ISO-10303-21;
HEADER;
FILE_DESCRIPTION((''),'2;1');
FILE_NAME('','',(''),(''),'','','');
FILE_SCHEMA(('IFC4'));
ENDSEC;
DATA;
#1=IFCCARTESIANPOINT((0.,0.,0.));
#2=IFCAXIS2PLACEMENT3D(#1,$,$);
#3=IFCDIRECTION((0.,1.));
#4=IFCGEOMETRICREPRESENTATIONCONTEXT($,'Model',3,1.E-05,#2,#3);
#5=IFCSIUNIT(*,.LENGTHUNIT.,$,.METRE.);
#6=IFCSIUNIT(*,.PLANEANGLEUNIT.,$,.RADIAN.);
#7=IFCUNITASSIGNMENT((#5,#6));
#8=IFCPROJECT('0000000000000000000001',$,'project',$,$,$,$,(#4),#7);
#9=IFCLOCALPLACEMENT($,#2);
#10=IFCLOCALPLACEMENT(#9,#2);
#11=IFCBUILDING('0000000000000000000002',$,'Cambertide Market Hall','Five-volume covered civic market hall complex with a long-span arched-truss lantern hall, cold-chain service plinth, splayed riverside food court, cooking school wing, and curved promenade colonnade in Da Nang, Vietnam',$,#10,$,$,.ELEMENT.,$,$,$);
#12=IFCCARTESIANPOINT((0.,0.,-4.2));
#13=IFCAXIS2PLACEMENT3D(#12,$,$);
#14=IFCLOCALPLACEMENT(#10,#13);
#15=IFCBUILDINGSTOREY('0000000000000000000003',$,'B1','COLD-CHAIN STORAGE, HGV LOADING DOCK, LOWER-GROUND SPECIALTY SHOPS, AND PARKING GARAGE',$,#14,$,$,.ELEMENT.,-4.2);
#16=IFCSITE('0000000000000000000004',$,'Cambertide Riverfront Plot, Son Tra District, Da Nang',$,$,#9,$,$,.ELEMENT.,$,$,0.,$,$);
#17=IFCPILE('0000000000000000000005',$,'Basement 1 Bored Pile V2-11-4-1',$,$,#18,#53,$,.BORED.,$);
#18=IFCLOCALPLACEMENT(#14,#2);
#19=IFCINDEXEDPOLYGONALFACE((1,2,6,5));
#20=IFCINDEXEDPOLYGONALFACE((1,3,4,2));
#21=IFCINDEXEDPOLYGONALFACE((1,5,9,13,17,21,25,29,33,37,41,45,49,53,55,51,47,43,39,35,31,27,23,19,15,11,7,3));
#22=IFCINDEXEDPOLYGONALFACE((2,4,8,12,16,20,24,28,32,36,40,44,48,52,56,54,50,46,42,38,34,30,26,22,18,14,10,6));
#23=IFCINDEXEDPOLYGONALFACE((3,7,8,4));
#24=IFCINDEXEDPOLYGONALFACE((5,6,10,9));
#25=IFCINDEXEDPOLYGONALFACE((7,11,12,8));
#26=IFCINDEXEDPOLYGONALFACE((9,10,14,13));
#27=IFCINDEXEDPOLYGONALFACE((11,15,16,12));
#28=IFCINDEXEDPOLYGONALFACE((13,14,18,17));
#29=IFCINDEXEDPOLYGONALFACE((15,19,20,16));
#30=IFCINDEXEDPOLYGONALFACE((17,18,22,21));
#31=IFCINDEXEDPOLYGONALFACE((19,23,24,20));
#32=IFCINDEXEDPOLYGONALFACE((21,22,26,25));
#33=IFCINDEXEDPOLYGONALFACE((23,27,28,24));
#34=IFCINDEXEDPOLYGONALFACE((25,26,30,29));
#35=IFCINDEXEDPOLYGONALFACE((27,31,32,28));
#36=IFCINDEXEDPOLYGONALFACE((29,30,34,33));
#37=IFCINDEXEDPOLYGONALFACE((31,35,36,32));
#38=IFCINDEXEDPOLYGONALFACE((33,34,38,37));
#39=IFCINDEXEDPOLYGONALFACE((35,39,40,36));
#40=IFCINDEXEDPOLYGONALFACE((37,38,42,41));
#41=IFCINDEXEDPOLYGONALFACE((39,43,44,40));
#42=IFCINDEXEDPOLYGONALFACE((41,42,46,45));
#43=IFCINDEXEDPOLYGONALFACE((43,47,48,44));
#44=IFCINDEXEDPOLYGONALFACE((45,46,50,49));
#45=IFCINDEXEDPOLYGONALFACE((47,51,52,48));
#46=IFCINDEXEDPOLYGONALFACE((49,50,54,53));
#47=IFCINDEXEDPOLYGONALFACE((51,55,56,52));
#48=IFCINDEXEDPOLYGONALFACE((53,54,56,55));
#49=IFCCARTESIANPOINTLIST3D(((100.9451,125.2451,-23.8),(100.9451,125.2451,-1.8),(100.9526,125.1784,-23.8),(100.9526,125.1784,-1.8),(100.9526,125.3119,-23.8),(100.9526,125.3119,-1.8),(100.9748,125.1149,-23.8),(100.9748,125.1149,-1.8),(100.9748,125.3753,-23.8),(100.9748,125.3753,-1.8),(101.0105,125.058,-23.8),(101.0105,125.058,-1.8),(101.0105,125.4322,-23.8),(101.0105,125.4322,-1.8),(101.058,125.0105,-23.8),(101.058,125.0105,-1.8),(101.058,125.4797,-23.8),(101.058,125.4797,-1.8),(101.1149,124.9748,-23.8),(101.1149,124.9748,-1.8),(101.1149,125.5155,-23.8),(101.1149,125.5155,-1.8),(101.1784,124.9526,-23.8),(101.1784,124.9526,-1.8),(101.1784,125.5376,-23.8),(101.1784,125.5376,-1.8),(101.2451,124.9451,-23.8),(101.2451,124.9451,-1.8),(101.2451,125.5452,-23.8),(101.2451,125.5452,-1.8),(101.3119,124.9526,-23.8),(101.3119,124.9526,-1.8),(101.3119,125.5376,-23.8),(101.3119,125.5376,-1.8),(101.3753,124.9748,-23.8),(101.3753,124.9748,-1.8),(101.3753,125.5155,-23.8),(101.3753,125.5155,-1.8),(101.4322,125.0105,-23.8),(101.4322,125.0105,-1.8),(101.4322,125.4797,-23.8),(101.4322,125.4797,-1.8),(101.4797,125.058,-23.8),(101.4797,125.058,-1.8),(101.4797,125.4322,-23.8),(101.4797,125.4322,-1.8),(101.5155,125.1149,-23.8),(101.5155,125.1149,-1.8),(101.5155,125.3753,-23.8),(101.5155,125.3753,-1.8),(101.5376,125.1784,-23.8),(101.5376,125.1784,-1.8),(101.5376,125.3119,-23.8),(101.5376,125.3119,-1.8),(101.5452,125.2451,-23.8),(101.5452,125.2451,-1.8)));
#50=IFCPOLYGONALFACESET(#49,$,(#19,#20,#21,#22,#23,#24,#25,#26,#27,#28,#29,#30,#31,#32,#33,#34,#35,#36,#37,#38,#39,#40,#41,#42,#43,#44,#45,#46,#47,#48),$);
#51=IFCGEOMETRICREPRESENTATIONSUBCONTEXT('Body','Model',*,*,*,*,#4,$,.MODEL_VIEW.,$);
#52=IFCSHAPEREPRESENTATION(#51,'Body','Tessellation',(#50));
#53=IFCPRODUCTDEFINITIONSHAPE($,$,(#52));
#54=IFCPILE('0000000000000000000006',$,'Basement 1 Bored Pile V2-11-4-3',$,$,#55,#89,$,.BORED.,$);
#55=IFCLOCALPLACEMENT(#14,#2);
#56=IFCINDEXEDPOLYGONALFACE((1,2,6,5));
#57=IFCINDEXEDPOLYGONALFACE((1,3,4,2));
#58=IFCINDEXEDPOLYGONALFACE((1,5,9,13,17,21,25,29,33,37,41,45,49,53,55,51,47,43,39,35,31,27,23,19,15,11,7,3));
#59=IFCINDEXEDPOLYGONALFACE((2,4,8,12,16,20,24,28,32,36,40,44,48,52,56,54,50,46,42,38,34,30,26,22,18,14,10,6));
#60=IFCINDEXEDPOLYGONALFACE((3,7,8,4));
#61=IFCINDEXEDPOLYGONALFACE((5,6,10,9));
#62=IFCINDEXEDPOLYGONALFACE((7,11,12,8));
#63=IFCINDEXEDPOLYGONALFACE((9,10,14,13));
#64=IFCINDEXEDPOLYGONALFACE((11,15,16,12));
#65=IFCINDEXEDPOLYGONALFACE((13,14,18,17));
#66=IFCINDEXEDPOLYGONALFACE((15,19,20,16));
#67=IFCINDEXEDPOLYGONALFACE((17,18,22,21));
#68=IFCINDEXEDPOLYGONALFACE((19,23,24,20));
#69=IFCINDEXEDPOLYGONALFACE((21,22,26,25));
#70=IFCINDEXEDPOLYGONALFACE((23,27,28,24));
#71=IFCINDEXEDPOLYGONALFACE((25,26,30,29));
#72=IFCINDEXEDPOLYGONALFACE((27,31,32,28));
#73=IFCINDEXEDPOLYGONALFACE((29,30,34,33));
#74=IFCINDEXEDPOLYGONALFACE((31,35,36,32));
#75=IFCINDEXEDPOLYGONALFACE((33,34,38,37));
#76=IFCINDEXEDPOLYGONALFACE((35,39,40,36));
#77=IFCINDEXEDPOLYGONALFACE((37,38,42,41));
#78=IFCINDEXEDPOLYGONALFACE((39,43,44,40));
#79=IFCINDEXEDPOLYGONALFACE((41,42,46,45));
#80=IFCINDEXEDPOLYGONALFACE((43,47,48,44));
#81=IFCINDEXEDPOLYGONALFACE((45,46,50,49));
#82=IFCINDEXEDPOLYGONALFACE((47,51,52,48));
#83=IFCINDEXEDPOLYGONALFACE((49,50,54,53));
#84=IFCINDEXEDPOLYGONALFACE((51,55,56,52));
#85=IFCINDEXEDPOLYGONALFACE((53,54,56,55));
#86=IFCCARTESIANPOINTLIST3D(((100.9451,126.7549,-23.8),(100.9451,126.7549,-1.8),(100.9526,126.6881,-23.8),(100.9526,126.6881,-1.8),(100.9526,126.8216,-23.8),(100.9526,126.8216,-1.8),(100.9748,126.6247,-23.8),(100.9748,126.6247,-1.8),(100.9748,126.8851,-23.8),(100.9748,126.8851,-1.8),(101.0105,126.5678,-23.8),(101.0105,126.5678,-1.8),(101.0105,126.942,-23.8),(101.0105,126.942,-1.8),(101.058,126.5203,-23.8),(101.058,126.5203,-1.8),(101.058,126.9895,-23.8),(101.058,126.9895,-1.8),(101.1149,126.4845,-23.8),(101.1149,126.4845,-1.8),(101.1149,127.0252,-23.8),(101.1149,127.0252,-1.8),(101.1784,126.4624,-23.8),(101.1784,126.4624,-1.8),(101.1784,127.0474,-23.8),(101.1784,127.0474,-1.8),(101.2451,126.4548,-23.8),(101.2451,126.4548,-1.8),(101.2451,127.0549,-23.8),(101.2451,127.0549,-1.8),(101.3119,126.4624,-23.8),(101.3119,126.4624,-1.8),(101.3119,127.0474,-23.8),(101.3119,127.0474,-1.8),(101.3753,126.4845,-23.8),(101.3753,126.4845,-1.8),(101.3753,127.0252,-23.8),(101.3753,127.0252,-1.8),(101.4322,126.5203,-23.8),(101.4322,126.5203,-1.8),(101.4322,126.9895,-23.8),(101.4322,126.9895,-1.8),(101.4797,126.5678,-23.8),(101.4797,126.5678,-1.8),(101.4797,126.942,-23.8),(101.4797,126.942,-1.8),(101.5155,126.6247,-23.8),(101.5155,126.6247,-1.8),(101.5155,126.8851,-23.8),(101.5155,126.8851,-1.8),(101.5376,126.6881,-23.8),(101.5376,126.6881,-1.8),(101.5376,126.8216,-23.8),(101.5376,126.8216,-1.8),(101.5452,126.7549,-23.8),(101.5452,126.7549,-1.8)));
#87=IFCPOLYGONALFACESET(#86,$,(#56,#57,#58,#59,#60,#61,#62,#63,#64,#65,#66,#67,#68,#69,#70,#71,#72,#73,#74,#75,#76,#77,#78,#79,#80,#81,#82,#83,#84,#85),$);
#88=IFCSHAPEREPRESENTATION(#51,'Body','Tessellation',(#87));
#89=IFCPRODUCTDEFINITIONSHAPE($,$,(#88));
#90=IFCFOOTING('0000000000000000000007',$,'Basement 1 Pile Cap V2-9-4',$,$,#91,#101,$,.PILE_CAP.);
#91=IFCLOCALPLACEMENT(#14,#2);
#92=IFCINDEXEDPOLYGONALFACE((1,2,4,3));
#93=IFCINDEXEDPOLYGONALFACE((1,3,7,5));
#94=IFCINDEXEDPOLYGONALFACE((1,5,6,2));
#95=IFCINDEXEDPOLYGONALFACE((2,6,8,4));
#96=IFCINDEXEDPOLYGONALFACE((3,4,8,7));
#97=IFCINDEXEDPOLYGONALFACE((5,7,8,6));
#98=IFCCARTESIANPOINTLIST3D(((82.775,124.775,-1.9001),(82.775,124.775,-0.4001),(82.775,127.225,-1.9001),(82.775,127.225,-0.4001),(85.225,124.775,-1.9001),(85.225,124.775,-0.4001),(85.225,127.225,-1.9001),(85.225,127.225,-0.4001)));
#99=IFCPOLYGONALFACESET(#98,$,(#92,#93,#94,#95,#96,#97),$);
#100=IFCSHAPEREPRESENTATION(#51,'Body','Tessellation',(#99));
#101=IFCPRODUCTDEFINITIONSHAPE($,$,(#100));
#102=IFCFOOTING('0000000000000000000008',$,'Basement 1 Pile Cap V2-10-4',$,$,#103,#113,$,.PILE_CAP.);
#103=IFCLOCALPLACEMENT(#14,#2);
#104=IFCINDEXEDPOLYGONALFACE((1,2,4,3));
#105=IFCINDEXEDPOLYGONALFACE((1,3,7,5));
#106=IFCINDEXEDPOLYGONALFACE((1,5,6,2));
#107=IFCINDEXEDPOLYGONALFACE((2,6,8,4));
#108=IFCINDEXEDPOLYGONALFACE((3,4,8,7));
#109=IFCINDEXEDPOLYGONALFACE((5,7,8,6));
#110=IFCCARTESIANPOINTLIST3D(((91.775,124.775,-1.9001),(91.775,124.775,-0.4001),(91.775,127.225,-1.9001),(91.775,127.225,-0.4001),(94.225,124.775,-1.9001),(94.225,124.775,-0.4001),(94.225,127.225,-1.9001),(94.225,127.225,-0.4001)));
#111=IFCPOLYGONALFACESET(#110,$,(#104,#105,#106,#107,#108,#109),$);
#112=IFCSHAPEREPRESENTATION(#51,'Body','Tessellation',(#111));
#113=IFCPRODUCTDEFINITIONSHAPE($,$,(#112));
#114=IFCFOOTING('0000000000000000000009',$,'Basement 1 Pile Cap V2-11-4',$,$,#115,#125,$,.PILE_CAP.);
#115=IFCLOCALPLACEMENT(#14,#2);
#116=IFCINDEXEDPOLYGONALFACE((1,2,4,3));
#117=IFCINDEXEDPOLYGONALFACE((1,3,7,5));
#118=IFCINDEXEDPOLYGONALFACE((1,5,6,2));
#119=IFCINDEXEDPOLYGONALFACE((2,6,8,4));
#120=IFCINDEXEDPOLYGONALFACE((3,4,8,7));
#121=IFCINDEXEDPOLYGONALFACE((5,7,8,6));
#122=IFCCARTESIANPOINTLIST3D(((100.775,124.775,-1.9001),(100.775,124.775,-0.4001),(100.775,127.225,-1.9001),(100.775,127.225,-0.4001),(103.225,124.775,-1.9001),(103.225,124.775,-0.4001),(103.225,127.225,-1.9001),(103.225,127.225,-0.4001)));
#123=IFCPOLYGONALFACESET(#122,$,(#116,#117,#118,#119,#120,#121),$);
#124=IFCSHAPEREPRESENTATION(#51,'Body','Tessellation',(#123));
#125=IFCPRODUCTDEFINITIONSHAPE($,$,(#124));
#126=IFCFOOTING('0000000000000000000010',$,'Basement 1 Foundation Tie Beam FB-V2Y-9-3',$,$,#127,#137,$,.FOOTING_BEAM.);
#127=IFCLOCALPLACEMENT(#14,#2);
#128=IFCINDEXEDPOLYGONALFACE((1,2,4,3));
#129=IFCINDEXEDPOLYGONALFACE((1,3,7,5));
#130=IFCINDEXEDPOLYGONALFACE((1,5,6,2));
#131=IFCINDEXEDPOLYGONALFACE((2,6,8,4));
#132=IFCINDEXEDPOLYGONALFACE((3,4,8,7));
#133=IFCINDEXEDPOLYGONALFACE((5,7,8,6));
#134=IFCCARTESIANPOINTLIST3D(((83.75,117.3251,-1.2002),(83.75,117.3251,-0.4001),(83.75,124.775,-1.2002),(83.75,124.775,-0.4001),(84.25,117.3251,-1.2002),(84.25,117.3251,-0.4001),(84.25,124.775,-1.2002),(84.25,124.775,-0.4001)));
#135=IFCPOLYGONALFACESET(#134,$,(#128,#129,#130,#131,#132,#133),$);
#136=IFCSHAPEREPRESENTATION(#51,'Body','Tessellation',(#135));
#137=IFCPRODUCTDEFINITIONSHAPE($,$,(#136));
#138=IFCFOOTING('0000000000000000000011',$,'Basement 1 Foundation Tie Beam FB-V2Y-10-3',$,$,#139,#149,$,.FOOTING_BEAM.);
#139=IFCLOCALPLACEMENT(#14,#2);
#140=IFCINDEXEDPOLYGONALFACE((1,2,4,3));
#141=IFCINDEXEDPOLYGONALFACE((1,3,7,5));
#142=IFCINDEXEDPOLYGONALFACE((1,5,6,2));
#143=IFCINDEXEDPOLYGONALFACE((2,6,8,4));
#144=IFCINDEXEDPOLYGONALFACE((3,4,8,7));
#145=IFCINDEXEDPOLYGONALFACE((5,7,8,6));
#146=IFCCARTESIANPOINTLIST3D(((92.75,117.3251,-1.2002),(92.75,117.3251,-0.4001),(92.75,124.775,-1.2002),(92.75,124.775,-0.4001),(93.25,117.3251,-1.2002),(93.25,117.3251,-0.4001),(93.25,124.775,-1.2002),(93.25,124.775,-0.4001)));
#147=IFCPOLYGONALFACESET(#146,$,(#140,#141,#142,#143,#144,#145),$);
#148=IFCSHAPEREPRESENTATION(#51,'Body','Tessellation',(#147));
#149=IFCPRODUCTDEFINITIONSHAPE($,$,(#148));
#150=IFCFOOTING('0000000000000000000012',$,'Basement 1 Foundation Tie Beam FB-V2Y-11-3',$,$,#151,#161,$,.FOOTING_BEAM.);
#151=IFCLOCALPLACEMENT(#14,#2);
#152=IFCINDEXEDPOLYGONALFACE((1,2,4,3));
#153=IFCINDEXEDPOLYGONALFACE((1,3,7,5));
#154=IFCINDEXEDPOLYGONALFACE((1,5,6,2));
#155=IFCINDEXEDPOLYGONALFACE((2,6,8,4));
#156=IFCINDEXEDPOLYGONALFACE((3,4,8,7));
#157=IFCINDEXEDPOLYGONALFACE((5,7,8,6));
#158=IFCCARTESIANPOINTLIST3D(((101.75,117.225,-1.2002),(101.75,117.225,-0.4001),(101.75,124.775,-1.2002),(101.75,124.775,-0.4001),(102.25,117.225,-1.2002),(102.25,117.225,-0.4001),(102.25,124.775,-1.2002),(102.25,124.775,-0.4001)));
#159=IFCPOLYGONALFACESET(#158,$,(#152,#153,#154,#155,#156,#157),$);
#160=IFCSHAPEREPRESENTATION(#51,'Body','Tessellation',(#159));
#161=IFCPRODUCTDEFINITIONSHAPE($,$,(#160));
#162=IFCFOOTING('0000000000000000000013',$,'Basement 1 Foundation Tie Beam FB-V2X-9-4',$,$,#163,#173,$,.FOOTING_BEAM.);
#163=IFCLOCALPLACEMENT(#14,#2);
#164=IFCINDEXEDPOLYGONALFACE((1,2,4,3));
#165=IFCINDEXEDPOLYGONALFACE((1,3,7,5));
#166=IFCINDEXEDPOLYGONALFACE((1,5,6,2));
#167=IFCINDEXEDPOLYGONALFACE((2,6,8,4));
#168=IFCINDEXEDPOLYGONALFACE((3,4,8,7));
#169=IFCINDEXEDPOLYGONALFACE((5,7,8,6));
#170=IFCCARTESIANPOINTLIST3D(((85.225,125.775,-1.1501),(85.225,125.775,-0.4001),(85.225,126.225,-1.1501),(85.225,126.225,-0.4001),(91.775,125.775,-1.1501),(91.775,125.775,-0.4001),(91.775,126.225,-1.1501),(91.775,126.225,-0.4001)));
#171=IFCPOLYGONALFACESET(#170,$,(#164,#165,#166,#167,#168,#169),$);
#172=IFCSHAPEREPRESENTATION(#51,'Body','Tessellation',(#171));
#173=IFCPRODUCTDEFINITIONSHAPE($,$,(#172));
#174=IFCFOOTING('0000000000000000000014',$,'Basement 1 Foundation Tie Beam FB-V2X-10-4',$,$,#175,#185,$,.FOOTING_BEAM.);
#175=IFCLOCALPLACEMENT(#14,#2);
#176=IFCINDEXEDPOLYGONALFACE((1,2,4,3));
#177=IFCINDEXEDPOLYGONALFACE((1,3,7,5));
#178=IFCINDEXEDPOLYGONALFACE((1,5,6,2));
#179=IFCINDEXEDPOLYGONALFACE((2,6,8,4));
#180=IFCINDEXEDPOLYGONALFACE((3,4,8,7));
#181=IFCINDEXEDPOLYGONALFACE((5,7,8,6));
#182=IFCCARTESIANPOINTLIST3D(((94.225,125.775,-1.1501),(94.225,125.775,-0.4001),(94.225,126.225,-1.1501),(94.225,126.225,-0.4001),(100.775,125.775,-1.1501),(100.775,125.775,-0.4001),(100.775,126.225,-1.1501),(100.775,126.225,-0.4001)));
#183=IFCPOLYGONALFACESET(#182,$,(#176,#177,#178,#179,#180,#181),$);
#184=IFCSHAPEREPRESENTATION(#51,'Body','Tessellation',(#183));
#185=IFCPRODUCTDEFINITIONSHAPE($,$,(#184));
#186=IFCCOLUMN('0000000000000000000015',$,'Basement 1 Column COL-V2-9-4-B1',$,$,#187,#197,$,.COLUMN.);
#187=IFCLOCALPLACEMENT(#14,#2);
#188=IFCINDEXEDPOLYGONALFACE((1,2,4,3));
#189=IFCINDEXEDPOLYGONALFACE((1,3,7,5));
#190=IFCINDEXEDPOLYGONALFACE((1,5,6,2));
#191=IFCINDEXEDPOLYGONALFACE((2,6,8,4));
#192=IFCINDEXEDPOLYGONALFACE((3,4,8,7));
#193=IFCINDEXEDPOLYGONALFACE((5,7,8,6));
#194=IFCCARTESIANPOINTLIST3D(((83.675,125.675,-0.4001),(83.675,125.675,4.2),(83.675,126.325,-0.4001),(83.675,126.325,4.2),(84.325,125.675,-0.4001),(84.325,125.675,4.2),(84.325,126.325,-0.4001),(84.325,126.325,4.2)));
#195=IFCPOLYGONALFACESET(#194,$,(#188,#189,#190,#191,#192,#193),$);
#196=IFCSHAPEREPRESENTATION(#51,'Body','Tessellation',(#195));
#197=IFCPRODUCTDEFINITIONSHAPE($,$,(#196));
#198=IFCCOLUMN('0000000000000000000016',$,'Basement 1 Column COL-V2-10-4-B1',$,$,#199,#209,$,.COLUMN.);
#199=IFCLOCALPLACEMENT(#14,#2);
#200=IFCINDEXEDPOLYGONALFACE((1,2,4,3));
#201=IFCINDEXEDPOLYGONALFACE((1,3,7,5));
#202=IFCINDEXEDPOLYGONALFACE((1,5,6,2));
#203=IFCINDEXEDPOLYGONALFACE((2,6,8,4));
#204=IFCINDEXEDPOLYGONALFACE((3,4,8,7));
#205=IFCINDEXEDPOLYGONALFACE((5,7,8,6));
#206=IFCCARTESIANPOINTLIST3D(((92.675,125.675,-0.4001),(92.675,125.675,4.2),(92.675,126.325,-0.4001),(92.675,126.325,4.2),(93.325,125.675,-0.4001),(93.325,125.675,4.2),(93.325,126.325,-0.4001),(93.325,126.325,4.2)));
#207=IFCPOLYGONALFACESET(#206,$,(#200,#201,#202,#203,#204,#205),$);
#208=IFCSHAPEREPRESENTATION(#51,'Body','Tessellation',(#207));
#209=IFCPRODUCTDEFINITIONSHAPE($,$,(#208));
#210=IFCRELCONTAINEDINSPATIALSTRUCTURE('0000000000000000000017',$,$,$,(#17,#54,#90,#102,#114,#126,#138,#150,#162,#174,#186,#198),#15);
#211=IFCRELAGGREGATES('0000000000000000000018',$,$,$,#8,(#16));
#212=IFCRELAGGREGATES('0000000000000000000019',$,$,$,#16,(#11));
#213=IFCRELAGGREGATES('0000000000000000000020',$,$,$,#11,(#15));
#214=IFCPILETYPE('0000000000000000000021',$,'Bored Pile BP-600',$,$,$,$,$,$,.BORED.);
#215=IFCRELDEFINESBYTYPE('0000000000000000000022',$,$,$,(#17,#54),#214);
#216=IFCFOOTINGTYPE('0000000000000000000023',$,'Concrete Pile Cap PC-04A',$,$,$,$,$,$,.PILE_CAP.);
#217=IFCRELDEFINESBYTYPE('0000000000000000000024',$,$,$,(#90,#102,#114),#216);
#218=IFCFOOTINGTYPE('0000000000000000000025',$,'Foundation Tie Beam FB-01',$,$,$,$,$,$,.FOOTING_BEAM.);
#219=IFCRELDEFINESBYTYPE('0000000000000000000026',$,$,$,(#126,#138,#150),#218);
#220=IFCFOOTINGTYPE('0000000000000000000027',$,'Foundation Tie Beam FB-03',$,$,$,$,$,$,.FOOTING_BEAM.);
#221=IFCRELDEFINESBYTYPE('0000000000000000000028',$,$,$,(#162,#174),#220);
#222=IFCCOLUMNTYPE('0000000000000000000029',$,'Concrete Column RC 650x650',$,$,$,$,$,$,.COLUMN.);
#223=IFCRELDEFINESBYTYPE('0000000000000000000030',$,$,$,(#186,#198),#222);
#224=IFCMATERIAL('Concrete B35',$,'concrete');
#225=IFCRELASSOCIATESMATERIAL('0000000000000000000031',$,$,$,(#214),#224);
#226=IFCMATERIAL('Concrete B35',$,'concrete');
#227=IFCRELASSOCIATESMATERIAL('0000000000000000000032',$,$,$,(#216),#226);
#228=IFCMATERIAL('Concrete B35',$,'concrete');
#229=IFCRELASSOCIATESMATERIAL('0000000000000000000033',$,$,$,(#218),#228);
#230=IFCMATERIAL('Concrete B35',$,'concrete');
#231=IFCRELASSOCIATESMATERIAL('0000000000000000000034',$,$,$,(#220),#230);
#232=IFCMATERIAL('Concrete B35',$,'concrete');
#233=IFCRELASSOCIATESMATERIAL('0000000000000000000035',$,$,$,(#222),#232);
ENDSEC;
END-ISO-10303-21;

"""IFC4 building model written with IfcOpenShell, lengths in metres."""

from ifc_helpers import new_model, si_unit, direction, frame, origin, origin_2d, place, context, subcontext, project, spatial, rectangle, circle, extrude, material, material_profile, profile_set, type_object, element, save


model = new_model("IFC4")

# Units and contexts
model_context = context("Model", 3, precision=1e-05, world=origin(), true_north=direction((0.0, 1.0)))
body_context = subcontext(model_context, "Body", "Model", "MODEL_VIEW")
ifc_project = project(units=[si_unit("LENGTHUNIT", "METRE"), si_unit("PLANEANGLEUNIT", "RADIAN")], contexts=[model_context])

# Site, building, storey
site_placement = place(None, origin())
site = spatial("IfcSite", under=ifc_project, at=site_placement, Name="Cambertide Riverfront Plot, Son Tra District, Da Nang", CompositionType="ELEMENT", RefElevation=0.0)
building_placement = place(site_placement, origin())
building = spatial("IfcBuilding", under=site, at=building_placement, Name="Cambertide Market Hall", Description="Five-volume covered civic market hall complex with a long-span arched-truss lantern hall, cold-chain service plinth, splayed riverside food court, cooking school wing, and curved promenade colonnade in Da Nang, Vietnam", CompositionType="ELEMENT")
storey_placement = place(building_placement, frame((0.0, 0.0, -4.2)))
storey = spatial("IfcBuildingStorey", under=building, at=storey_placement, Name="B1", Description="COLD-CHAIN STORAGE, HGV LOADING DOCK, LOWER-GROUND SPECIALTY SHOPS, AND PARKING GARAGE", CompositionType="ELEMENT", Elevation=-4.2)

# Piles
ifc_material_1 = material(Name="Concrete B35", Category="concrete")
ifc_material_profile_1 = material_profile(ifc_material_1, circle(Radius=0.3, at=origin_2d()), Name="BP D600")
ifc_profile_set_1 = profile_set([ifc_material_profile_1], Name="Concrete B35")
pile_type = type_object("IfcPileType", Name="Bored Pile BP-600", PredefinedType="BORED", material=ifc_profile_set_1)
for number, where, z_axis, x_axis, name in (
    (1, (101.2451, 125.2451, -1.8), (0.0, 0.0, -1.0), (1.0, 0.0, 0.0), "Basement 1 Bored Pile V2-11-4-1"),
    (2, (101.2451, 126.7549, -1.8), (0.0, 0.0, -1.0), (1.0, 0.0, 0.0), "Basement 1 Bored Pile V2-11-4-3"),
):
    element("IfcPile", number, at=place(storey_placement, frame(where, z_axis=z_axis, x_axis=x_axis)), inside=storey, type_object=pile_type, Name=name, PredefinedType="BORED", context=body_context, shape_type="SweptSolid", body=[
        extrude(circle(Radius=0.3, at=origin_2d()), origin(), (0.0, 0.0, 1.0), 22.0),
    ])

# Footings
ifc_material_2 = material(Name="Concrete B35", Category="concrete")
footing_type_1 = type_object("IfcFootingType", Name="Concrete Pile Cap PC-04A", PredefinedType="PILE_CAP", material=ifc_material_2)
for number, where, z_axis, x_axis, name in (
    (3, (84.0, 126.0, -1.9001), (0.0, 0.0, 1.0), (1.0, 0.0, 0.0), "Basement 1 Pile Cap V2-9-4"),
    (4, (93.0, 126.0, -1.9001), (0.0, 0.0, 1.0), (1.0, 0.0, 0.0), "Basement 1 Pile Cap V2-10-4"),
    (5, (102.0, 126.0, -1.9001), (0.0, 0.0, 1.0), (1.0, 0.0, 0.0), "Basement 1 Pile Cap V2-11-4"),
):
    element("IfcFooting", number, at=place(storey_placement, frame(where, z_axis=z_axis, x_axis=x_axis)), inside=storey, type_object=footing_type_1, Name=name, PredefinedType="PILE_CAP", context=body_context, shape_type="SweptSolid", body=[
        extrude(rectangle(XDim=2.45, YDim=2.45, at=origin_2d()), origin(), (0.0, 0.0, 1.0), 1.5),
    ])
ifc_material_3 = material(Name="Concrete B35", Category="concrete")
footing_type_2 = type_object("IfcFootingType", Name="Foundation Tie Beam FB-01", PredefinedType="FOOTING_BEAM", material=ifc_material_3)
for number, where, z_axis, x_axis, name in (
    (6, (84.0, 121.05, -1.2002), (0.0, 0.0, 1.0), (0.0, 1.0, 0.0), "Basement 1 Foundation Tie Beam FB-V2Y-9-3"),
    (7, (93.0, 121.05, -1.2002), (0.0, 0.0, 1.0), (0.0, 1.0, 0.0), "Basement 1 Foundation Tie Beam FB-V2Y-10-3"),
):
    element("IfcFooting", number, at=place(storey_placement, frame(where, z_axis=z_axis, x_axis=x_axis)), inside=storey, type_object=footing_type_2, Name=name, PredefinedType="FOOTING_BEAM", context=body_context, shape_type="SweptSolid", body=[
        extrude(rectangle(XDim=7.45, YDim=0.5, at=origin_2d()), origin(), (0.0, 0.0, 1.0), 0.8),
    ])
footing_placement = place(storey_placement, frame((102.0, 121.0, -1.2002), z_axis=(0.0, 0.0, 1.0), x_axis=(0.0, 1.0, 0.0)))
element("IfcFooting", 8, at=footing_placement, inside=storey, type_object=footing_type_2, Name="Basement 1 Foundation Tie Beam FB-V2Y-11-3", PredefinedType="FOOTING_BEAM", context=body_context, shape_type="SweptSolid", body=[
    extrude(rectangle(XDim=7.55, YDim=0.5, at=origin_2d()), origin(), (0.0, 0.0, 1.0), 0.8),
])
ifc_material_4 = material(Name="Concrete B35", Category="concrete")
footing_type_3 = type_object("IfcFootingType", Name="Foundation Tie Beam FB-03", PredefinedType="FOOTING_BEAM", material=ifc_material_4)
for number, where, z_axis, x_axis, name in (
    (9, (88.5, 126.0, -1.1501), (0.0, 0.0, 1.0), (1.0, 0.0, 0.0), "Basement 1 Foundation Tie Beam FB-V2X-9-4"),
    (10, (97.5, 126.0, -1.1501), (0.0, 0.0, 1.0), (1.0, 0.0, 0.0), "Basement 1 Foundation Tie Beam FB-V2X-10-4"),
):
    element("IfcFooting", number, at=place(storey_placement, frame(where, z_axis=z_axis, x_axis=x_axis)), inside=storey, type_object=footing_type_3, Name=name, PredefinedType="FOOTING_BEAM", context=body_context, shape_type="SweptSolid", body=[
        extrude(rectangle(XDim=6.55, YDim=0.45, at=origin_2d()), origin(), (0.0, 0.0, 1.0), 0.75),
    ])

# Columns
ifc_material_5 = material(Name="Concrete B35", Category="concrete")
ifc_material_profile_2 = material_profile(ifc_material_5, rectangle(XDim=0.6499, YDim=0.6499, at=origin_2d()), Name="RC 650x650")
ifc_profile_set_2 = profile_set([ifc_material_profile_2], Name="Concrete B35")
column_type = type_object("IfcColumnType", Name="Concrete Column RC 650x650", PredefinedType="COLUMN", material=ifc_profile_set_2)
for number, where, z_axis, x_axis, name in (
    (11, (84.0, 126.0, -0.4001), (0.0, 0.0, 1.0), (1.0, 0.0, 0.0), "Basement 1 Column COL-V2-9-4-B1"),
    (12, (93.0, 126.0, -0.4001), (0.0, 0.0, 1.0), (1.0, 0.0, 0.0), "Basement 1 Column COL-V2-10-4-B1"),
):
    element("IfcColumn", number, at=place(storey_placement, frame(where, z_axis=z_axis, x_axis=x_axis)), inside=storey, type_object=column_type, Name=name, PredefinedType="COLUMN", context=body_context, shape_type="SweptSolid", body=[
        extrude(rectangle(XDim=0.6499, YDim=0.6499, at=origin_2d()), origin(), (0.0, 0.0, 1.0), 4.6001),
    ])

save(model, "model.ifc")
